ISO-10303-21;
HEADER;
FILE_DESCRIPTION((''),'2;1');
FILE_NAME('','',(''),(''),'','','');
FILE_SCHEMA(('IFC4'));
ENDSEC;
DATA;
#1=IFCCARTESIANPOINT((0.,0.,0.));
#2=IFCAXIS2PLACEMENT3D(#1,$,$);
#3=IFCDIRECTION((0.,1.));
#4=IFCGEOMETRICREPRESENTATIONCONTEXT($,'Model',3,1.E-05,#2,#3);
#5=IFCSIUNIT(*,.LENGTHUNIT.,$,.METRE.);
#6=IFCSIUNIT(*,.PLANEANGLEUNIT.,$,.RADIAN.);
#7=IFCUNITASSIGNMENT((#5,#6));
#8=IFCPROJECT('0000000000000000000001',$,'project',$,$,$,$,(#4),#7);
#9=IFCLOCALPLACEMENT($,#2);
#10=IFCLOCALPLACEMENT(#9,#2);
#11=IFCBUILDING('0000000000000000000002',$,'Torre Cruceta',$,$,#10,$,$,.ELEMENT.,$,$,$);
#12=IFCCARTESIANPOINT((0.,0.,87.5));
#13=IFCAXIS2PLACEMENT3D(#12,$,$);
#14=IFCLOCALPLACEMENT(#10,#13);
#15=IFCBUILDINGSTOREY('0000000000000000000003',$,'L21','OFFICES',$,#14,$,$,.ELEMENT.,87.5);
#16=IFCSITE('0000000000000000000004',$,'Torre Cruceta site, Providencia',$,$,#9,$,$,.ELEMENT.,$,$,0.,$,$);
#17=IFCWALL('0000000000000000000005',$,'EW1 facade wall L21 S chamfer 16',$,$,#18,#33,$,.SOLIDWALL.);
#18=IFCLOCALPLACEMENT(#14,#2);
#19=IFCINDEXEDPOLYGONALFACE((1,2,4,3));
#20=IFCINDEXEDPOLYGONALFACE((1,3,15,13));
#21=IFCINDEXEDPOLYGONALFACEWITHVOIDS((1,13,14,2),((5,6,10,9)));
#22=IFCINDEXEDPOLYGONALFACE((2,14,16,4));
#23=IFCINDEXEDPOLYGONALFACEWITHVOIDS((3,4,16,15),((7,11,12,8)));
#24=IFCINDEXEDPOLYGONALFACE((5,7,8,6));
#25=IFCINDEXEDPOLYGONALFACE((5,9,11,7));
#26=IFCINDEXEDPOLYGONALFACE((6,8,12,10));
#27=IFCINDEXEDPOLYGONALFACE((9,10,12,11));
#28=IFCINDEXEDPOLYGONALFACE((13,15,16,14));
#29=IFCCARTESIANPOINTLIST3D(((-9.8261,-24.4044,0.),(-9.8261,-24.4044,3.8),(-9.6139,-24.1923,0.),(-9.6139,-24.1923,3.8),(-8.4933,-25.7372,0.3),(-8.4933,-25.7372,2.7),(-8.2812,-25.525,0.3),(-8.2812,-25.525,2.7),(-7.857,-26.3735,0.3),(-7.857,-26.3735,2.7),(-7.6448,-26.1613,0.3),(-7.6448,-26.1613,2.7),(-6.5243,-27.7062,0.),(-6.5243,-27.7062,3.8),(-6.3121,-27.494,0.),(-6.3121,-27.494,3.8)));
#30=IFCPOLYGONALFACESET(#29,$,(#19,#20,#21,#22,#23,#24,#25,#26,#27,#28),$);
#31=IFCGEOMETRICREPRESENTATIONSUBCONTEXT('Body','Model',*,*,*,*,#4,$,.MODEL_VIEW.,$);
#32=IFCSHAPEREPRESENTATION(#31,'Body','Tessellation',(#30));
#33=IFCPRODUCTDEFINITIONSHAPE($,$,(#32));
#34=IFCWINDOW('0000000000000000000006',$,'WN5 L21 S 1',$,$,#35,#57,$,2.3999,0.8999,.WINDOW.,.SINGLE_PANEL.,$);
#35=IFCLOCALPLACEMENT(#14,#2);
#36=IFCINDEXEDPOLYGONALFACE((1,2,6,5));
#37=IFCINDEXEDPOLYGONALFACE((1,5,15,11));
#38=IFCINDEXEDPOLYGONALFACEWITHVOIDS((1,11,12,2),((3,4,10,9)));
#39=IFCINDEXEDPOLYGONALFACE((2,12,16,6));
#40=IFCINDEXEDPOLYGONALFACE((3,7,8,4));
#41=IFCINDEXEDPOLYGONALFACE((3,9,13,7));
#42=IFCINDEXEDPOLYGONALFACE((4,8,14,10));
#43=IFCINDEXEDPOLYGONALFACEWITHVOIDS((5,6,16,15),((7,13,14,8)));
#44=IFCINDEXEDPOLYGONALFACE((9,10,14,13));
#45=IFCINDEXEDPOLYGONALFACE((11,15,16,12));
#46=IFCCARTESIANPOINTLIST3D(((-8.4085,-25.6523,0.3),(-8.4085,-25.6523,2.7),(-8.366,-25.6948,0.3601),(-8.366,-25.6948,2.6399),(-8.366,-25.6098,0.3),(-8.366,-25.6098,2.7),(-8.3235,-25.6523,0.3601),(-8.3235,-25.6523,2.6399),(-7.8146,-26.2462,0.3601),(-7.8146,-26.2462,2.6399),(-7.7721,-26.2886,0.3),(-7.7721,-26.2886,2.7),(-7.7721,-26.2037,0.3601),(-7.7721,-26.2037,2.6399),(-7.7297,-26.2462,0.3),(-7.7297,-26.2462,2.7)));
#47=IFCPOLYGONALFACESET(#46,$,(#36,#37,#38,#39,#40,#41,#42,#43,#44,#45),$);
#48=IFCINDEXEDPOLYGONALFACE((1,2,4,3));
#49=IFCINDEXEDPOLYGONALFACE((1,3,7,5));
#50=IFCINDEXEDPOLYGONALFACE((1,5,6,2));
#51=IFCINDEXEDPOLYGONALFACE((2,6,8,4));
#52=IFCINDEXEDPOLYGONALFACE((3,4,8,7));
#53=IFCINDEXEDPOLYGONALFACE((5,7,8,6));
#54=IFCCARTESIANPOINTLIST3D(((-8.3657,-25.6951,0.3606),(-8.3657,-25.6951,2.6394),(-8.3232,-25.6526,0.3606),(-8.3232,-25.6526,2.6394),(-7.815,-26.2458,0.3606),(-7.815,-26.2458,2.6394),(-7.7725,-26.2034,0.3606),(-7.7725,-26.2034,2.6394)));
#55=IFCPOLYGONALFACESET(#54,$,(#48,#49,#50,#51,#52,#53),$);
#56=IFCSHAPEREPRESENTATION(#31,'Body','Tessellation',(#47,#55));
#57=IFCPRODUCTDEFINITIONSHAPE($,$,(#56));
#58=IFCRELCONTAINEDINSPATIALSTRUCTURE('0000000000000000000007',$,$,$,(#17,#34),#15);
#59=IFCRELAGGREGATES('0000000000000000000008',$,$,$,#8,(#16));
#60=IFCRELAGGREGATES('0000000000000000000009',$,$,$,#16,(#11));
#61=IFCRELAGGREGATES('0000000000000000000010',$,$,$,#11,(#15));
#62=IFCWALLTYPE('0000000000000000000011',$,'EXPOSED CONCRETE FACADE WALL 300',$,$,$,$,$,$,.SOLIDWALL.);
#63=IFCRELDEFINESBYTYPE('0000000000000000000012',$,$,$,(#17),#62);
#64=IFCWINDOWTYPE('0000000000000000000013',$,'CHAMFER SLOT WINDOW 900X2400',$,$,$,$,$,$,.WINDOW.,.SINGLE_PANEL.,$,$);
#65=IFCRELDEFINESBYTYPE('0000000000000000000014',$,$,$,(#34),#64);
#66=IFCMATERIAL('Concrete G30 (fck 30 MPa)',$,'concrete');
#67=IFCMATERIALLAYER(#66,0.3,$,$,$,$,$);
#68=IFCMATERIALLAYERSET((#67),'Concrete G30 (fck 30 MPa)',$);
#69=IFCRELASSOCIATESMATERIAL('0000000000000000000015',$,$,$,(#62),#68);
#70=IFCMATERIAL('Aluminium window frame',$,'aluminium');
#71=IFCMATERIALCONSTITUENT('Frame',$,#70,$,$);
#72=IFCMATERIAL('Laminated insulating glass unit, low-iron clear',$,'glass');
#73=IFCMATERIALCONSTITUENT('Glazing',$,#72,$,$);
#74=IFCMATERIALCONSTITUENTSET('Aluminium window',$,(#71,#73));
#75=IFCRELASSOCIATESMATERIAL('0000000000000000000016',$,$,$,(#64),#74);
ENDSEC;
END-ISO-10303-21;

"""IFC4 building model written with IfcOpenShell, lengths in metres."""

from ifc_helpers import new_model, si_unit, direction, frame, frame_2d, origin, place, context, subcontext, project, spatial, rectangle, hollow_rectangle, extrude, material, layer, layer_set, constituent, constituent_set, type_object, element, fill, save


model = new_model("IFC4")

# Units and contexts
model_context = context("Model", 3, precision=1e-05, world=origin(), true_north=direction((0.0, 1.0)))
body_context = subcontext(model_context, "Body", "Model", "MODEL_VIEW")
ifc_project = project(units=[si_unit("LENGTHUNIT", "METRE"), si_unit("PLANEANGLEUNIT", "RADIAN")], contexts=[model_context])

# Site, building, storey
site_placement = place(None, origin())
site = spatial("IfcSite", under=ifc_project, at=site_placement, Name="Torre Cruceta site, Providencia", CompositionType="ELEMENT", RefElevation=0.0)
building_placement = place(site_placement, origin())
building = spatial("IfcBuilding", under=site, at=building_placement, Name="Torre Cruceta", CompositionType="ELEMENT")
storey_placement = place(building_placement, frame((0.0, 0.0, 87.5)))
storey = spatial("IfcBuildingStorey", under=building, at=storey_placement, Name="L21", Description="OFFICES", CompositionType="ELEMENT", Elevation=87.5)

# Wall, opening, window
ifc_material_1 = material(Name="Concrete G30 (fck 30 MPa)", Category="concrete")
ifc_layer_1 = layer(ifc_material_1, 0.3)
ifc_layer_set_1 = layer_set([ifc_layer_1], Name="Concrete G30 (fck 30 MPa)")
wall_type = type_object("IfcWallType", Name="EXPOSED CONCRETE FACADE WALL 300", PredefinedType="SOLIDWALL", material=ifc_layer_set_1)
wall_placement = place(storey_placement, frame((-9.72, -24.2983, 0.0), z_axis=(0.0, 0.0, 1.0), x_axis=(0.707107, -0.707107, 0.0)))
wall = element("IfcWall", 1, at=wall_placement, inside=storey, type_object=wall_type, Name="EW1 facade wall L21 S chamfer 16", PredefinedType="SOLIDWALL", context=body_context, shape_type="SweptSolid", body=[
    extrude(rectangle(XDim=4.6694, YDim=0.3, at=frame_2d((2.3347, 0.0))), origin(), (0.0, 0.0, 1.0), 3.8),
])
opening_placement = place(wall_placement, frame((1.8848, 0.0, 0.3)))
opening = element("IfcOpeningElement", 2, at=opening_placement, cuts=wall, PredefinedType="OPENING", context=body_context, shape_type="SweptSolid", body=[
    extrude(rectangle(XDim=0.8999, YDim=2.3999, at=frame_2d((0.45, 1.2))), frame((0.0, 0.1599, 0.0), z_axis=(0.0, -1.0, 0.0), x_axis=(1.0, 0.0, 0.0)), (0.0, 0.0, 1.0), 0.3201),
])
ifc_material_2 = material(Name="Aluminium window frame", Category="aluminium")
ifc_constituent_1 = constituent(ifc_material_2, Name="Frame")
ifc_material_3 = material(Name="Laminated insulating glass unit, low-iron clear", Category="glass")
ifc_constituent_2 = constituent(ifc_material_3, Name="Glazing")
ifc_constituent_set = constituent_set(constituents=[ifc_constituent_1, ifc_constituent_2], Name="Aluminium window")
window_type = type_object("IfcWindowType", Name="CHAMFER SLOT WINDOW 900X2400", PartitioningType="SINGLE_PANEL", PredefinedType="WINDOW", material=ifc_constituent_set)
window_placement = place(opening_placement, origin())
window = element("IfcWindow", 3, at=window_placement, inside=storey, type_object=window_type, Name="WN5 L21 S 1", OverallHeight=2.3999, OverallWidth=0.8999, PartitioningType="SINGLE_PANEL", PredefinedType="WINDOW", context=body_context, shape_type="SweptSolid", body=[
    extrude(hollow_rectangle(XDim=0.8999, YDim=2.3999, WallThickness=0.0601, at=frame_2d((0.45, 1.2))), frame((0.0, 0.03, 0.0), z_axis=(0.0, -1.0, 0.0), x_axis=(1.0, 0.0, 0.0)), (0.0, 0.0, 1.0), 0.0601),
    extrude(rectangle(XDim=0.7788, YDim=2.2788, at=frame_2d((0.45, 1.2))), frame((0.0, 0.03, 0.0), z_axis=(0.0, -1.0, 0.0), x_axis=(1.0, 0.0, 0.0)), (0.0, 0.0, 1.0), 0.0601),
])
fill(opening, window)

save(model, "model.ifc")
